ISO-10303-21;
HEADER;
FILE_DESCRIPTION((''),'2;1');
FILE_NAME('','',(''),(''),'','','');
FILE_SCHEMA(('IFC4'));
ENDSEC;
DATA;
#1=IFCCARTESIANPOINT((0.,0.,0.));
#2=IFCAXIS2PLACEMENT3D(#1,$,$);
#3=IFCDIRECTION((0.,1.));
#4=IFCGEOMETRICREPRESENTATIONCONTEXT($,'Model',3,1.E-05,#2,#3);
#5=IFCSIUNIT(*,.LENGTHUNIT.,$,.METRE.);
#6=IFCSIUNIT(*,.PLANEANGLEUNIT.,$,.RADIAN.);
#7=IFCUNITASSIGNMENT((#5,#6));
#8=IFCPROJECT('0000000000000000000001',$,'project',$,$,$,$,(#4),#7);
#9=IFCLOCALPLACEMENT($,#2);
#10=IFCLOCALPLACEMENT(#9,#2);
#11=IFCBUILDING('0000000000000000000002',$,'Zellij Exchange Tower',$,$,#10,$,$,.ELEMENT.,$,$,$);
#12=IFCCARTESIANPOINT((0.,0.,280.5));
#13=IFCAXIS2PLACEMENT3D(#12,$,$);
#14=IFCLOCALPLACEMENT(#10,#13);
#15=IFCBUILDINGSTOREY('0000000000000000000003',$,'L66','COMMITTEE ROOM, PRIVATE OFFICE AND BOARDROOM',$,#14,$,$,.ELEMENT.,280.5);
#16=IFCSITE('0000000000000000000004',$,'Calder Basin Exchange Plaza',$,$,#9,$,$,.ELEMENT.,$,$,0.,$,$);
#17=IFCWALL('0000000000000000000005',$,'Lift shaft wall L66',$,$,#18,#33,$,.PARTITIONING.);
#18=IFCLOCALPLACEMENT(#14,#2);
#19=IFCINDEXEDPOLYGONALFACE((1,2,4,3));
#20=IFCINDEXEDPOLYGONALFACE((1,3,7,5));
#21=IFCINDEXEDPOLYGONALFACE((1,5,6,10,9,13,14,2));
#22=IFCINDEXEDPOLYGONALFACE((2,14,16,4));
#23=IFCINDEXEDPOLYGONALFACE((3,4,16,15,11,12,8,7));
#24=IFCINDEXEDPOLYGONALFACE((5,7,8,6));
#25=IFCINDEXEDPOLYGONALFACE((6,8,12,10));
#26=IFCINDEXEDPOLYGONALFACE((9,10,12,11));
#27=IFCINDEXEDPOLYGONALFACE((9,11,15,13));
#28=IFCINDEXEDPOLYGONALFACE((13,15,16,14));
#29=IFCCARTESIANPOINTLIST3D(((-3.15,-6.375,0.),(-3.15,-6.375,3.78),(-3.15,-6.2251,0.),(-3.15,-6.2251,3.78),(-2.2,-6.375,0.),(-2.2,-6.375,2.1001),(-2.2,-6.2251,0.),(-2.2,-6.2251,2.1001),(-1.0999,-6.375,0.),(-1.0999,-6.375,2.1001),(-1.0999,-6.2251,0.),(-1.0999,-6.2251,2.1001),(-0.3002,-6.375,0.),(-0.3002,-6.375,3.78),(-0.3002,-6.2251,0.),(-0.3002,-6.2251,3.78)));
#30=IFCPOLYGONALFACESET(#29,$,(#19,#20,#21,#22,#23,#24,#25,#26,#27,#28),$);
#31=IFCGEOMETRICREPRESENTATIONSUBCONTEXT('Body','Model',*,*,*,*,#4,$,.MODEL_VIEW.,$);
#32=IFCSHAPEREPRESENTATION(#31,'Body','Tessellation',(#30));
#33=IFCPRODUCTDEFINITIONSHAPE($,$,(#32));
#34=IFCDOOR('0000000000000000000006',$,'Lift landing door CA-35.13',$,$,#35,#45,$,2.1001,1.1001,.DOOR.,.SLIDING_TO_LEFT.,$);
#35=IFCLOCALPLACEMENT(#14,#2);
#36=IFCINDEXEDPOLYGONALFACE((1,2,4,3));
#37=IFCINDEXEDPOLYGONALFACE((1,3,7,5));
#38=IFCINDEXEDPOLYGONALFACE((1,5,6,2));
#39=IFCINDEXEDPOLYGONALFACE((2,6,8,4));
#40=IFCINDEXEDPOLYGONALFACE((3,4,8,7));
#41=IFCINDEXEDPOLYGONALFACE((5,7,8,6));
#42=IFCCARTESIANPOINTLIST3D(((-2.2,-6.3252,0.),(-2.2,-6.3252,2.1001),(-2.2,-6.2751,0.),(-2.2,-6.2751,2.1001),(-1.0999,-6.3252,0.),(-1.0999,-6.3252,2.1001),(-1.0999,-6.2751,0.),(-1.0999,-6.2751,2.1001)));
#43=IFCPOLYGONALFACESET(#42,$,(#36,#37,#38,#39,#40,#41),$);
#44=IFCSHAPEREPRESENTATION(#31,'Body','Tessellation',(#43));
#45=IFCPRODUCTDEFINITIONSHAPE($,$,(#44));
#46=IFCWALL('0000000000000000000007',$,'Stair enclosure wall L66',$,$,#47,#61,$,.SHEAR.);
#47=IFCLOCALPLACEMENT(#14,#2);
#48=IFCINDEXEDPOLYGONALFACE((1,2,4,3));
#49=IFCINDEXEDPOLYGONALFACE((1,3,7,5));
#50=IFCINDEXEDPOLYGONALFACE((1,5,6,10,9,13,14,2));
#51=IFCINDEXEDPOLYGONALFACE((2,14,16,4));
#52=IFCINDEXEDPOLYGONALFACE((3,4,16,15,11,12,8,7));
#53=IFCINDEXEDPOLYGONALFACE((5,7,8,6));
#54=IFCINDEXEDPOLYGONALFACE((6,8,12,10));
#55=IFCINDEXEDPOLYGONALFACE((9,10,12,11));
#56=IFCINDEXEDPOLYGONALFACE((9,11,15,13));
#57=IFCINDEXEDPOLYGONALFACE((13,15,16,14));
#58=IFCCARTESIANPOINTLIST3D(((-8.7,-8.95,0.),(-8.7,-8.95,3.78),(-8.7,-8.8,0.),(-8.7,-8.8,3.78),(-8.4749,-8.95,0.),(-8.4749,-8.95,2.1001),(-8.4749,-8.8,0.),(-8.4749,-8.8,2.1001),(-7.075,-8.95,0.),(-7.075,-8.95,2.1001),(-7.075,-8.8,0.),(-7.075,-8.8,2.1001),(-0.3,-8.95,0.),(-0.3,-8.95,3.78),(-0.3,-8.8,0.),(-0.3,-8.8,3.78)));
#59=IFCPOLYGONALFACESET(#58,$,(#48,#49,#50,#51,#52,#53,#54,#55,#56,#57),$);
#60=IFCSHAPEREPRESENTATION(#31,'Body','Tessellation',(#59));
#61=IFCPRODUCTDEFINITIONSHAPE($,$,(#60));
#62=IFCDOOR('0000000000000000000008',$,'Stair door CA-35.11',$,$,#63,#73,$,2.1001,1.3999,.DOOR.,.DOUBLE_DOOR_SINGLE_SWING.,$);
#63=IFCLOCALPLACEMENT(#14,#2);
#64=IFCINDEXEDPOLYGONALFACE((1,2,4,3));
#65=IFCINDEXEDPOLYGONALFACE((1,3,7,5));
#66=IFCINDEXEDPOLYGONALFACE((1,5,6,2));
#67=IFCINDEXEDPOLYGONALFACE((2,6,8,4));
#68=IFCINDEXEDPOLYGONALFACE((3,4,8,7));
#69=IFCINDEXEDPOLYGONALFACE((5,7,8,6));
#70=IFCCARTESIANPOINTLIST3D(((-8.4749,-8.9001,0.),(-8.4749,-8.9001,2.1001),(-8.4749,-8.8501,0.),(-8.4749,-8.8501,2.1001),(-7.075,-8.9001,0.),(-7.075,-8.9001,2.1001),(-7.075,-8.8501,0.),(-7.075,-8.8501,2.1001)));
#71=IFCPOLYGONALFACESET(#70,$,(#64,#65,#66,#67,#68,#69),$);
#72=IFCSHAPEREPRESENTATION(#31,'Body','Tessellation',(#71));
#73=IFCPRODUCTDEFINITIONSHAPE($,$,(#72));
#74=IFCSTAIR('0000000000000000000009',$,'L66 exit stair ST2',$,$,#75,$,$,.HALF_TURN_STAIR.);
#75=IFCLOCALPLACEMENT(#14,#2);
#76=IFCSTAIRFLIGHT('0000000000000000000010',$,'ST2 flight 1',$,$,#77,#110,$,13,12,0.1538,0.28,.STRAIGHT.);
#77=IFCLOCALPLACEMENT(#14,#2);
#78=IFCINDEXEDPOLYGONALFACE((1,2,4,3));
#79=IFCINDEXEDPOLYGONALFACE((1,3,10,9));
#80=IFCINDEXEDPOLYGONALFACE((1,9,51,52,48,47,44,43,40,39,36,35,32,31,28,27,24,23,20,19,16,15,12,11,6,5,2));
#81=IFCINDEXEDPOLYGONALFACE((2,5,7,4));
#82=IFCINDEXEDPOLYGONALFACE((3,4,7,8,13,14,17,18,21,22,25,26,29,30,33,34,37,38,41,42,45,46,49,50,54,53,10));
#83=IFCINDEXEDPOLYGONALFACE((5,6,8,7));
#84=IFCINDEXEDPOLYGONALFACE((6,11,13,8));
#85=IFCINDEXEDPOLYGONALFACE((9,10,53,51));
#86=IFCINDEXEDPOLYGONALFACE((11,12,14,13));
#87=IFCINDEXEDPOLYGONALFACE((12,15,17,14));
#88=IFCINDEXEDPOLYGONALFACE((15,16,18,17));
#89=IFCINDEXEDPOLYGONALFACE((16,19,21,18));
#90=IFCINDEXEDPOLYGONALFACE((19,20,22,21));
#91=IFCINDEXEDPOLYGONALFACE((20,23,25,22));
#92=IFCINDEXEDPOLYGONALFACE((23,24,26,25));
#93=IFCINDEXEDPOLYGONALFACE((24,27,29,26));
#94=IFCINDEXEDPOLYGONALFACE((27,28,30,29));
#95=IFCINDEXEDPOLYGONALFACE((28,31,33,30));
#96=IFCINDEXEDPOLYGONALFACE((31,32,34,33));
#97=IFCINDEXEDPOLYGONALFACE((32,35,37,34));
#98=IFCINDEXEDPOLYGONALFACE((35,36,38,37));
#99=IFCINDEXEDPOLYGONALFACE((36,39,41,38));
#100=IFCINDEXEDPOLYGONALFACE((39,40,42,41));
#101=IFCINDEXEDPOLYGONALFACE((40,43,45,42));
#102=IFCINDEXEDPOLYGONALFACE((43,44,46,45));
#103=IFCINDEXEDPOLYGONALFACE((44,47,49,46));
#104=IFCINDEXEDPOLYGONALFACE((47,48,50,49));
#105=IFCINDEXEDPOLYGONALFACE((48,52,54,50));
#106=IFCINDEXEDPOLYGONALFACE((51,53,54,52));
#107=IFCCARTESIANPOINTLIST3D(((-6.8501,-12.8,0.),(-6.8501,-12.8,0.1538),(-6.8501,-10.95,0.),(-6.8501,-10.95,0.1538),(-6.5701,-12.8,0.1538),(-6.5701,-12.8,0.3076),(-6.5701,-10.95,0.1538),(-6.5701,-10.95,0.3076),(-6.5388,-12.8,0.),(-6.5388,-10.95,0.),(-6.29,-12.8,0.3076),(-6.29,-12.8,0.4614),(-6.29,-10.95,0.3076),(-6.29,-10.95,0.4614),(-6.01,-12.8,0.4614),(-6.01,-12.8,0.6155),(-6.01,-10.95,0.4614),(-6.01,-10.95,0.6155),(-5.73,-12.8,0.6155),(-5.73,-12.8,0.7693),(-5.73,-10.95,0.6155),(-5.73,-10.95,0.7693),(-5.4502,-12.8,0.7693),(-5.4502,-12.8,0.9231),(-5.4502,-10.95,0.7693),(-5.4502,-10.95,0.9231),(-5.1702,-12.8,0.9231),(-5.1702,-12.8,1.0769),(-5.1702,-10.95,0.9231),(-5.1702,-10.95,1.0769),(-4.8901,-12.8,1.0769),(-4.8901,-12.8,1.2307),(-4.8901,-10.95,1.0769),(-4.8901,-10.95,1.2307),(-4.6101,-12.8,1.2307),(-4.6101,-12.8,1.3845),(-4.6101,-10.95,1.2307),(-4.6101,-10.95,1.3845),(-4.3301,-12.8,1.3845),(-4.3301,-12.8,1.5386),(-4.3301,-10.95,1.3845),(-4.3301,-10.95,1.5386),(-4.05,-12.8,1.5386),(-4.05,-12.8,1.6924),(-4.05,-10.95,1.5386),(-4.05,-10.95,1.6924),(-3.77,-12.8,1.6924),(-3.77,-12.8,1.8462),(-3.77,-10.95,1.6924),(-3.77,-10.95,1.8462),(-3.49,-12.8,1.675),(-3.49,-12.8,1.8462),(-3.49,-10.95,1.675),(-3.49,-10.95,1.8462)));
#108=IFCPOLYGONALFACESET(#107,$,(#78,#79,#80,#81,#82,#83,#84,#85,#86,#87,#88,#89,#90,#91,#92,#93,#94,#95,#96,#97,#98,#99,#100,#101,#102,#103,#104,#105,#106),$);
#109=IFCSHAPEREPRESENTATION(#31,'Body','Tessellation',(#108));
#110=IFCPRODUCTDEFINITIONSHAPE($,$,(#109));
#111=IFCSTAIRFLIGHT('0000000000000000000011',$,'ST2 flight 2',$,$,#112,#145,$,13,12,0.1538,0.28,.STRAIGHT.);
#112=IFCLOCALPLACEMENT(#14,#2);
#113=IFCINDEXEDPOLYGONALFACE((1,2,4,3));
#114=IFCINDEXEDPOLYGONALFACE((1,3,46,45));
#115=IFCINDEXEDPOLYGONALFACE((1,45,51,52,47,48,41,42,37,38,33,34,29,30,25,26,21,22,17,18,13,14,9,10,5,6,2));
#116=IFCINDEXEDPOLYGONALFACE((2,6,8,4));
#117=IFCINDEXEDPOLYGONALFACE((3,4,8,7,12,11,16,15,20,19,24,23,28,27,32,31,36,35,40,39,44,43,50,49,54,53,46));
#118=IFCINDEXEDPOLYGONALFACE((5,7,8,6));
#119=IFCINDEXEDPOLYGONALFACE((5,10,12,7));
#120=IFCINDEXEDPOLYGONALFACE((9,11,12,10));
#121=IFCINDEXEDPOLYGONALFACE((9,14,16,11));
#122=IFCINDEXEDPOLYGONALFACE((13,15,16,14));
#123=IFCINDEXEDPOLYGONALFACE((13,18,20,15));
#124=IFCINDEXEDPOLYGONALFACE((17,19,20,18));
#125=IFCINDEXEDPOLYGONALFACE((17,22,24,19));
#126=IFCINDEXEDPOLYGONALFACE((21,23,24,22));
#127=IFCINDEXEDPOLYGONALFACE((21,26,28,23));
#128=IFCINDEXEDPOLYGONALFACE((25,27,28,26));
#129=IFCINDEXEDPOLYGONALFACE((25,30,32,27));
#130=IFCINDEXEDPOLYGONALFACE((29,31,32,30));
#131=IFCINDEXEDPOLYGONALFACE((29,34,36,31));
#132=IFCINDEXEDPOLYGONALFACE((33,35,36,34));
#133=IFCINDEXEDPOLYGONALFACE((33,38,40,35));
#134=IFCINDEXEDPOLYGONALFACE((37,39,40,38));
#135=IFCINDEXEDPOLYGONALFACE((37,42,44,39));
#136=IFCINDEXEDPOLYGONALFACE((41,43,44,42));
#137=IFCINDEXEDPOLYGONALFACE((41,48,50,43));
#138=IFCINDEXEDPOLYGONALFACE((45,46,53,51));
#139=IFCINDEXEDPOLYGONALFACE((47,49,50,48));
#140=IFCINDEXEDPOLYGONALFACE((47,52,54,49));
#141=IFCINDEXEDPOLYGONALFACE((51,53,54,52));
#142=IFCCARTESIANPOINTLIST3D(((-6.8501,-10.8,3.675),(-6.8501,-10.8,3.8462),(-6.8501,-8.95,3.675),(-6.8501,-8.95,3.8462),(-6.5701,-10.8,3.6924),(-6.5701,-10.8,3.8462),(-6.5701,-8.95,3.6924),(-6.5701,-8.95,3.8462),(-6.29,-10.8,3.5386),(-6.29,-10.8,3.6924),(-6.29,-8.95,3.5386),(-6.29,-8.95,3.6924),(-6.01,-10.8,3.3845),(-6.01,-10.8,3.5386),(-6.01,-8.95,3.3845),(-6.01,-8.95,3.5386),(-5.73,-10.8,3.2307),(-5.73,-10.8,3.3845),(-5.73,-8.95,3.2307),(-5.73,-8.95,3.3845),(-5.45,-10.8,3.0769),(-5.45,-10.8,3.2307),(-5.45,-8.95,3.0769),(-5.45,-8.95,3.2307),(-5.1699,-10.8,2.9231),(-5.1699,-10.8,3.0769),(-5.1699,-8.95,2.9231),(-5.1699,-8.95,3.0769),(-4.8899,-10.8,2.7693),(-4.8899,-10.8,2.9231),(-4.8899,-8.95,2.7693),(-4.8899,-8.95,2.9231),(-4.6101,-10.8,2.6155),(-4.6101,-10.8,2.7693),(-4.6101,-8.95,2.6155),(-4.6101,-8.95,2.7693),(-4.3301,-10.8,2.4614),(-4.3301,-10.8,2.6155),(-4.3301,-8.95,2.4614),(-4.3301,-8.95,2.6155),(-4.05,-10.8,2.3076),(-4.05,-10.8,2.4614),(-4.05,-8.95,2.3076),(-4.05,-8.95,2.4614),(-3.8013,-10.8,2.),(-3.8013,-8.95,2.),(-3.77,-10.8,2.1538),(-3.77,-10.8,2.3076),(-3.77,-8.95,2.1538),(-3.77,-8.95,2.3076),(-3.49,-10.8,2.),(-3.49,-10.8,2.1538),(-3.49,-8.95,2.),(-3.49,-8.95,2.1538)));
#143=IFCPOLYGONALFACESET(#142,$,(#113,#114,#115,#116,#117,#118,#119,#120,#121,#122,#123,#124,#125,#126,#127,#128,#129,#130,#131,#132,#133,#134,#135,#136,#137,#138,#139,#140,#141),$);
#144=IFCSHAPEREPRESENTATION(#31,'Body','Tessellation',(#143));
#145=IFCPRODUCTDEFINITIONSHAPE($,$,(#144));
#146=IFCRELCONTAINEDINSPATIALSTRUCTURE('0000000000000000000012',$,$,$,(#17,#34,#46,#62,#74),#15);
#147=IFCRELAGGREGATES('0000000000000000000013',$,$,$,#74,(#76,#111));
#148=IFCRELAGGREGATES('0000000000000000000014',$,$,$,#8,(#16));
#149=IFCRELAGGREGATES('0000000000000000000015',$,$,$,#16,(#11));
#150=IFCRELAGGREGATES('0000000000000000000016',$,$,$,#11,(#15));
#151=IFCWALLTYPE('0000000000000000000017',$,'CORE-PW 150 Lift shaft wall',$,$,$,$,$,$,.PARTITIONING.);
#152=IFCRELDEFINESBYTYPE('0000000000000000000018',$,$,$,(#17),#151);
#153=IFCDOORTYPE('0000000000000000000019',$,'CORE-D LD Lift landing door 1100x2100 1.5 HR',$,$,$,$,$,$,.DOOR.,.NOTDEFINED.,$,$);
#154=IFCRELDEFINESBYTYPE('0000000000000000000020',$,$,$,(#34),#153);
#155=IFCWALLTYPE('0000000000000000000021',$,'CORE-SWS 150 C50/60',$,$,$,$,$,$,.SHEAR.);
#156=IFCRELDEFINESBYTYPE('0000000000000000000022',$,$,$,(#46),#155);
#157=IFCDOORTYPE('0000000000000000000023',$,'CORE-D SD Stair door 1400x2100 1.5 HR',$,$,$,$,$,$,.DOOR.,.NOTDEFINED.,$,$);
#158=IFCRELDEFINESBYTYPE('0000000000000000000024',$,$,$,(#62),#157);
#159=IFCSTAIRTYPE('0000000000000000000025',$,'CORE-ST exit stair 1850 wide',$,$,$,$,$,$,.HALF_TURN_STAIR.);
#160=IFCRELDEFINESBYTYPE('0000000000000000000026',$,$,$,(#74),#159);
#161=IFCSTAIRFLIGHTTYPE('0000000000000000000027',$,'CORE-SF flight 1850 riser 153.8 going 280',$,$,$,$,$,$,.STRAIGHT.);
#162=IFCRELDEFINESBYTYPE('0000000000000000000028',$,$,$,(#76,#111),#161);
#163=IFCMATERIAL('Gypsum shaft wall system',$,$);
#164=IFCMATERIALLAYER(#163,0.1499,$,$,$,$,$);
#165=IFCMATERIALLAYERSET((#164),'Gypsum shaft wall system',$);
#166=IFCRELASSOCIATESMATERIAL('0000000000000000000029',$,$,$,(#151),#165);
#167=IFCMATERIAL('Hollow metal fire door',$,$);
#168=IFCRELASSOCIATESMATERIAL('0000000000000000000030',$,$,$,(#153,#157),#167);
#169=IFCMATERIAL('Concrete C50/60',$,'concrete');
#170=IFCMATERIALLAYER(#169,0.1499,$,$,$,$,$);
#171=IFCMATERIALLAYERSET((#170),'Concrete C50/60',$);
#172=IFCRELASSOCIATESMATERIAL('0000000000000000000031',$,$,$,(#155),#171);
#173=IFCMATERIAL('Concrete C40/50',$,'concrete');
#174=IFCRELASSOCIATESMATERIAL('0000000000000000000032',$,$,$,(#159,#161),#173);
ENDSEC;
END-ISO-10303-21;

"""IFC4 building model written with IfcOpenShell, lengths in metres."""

from ifc_helpers import new_model, si_unit, direction, frame, frame_2d, origin, place, context, subcontext, project, spatial, polyline, rectangle, outline, extrude, material, layer, layer_set, type_object, element, fill, aggregate, save


model = new_model("IFC4")

# Units and contexts
model_context = context("Model", 3, precision=1e-05, world=origin(), true_north=direction((0.0, 1.0)))
body_context = subcontext(model_context, "Body", "Model", "MODEL_VIEW")
ifc_project = project(units=[si_unit("LENGTHUNIT", "METRE"), si_unit("PLANEANGLEUNIT", "RADIAN")], contexts=[model_context])

# Site, building, storey
site_placement = place(None, origin())
site = spatial("IfcSite", under=ifc_project, at=site_placement, Name="Calder Basin Exchange Plaza", CompositionType="ELEMENT", RefElevation=0.0)
building_placement = place(site_placement, origin())
building = spatial("IfcBuilding", under=site, at=building_placement, Name="Zellij Exchange Tower", CompositionType="ELEMENT")
storey_placement = place(building_placement, frame((0.0, 0.0, 280.5)))
storey = spatial("IfcBuildingStorey", under=building, at=storey_placement, Name="L66", Description="COMMITTEE ROOM, PRIVATE OFFICE AND BOARDROOM", CompositionType="ELEMENT", Elevation=280.5)

# Shared definitions
ifc_material_1 = material(Name="Concrete C40/50", Category="concrete")

# Shared definitions
ifc_material_2 = material(Name="Concrete C50/60", Category="concrete")

# Shared definitions
ifc_material_3 = material(Name="Gypsum shaft wall system")
ifc_material_4 = material(Name="Hollow metal fire door")

# Shared definitions
ifc_layer_1 = layer(ifc_material_3, 0.1499)
ifc_layer_set_1 = layer_set([ifc_layer_1], Name="Gypsum shaft wall system")
wall_type_1 = type_object("IfcWallType", Name="CORE-PW 150 Lift shaft wall", PredefinedType="PARTITIONING", material=ifc_layer_set_1)

# Walls, openings, doors
wall_1_placement = place(storey_placement, frame((-3.1499, -6.3, 0.0), z_axis=(0.0, 0.0, 1.0), x_axis=(1.0, 0.0, 0.0)))
wall_1 = element("IfcWall", 1, at=wall_1_placement, inside=storey, type_object=wall_type_1, Name="Lift shaft wall L66", PredefinedType="PARTITIONING", context=body_context, shape_type="SweptSolid", body=[
    extrude(rectangle(XDim=2.8499, YDim=0.1499, at=frame_2d((1.4248, 0.0))), origin(), (0.0, 0.0, 1.0), 3.78),
])
opening_1_placement = place(wall_1_placement, frame((0.95, 0.0, 0.0)))
opening_1 = element("IfcOpeningElement", 2, at=opening_1_placement, cuts=wall_1, PredefinedType="OPENING", context=body_context, shape_type="SweptSolid", body=[
    extrude(rectangle(XDim=1.1001, YDim=2.1001, at=frame_2d((0.55, 1.05))), frame((0.0, 0.0869, 0.0), z_axis=(0.0, -1.0, 0.0), x_axis=(1.0, 0.0, 0.0)), (0.0, 0.0, 1.0), 0.1738),
])
door_type_1 = type_object("IfcDoorType", Name="CORE-D LD Lift landing door 1100x2100 1.5 HR", OperationType="NOTDEFINED", PredefinedType="DOOR", material=ifc_material_4)
door_1_placement = place(opening_1_placement, origin())
door_1 = element("IfcDoor", 3, at=door_1_placement, inside=storey, type_object=door_type_1, Name="Lift landing door CA-35.13", OperationType="SLIDING_TO_LEFT", OverallHeight=2.1001, OverallWidth=1.1001, PredefinedType="DOOR", context=body_context, shape_type="SweptSolid", body=[
    extrude(rectangle(XDim=1.1001, YDim=2.1001, at=frame_2d((0.55, 1.05))), frame((0.0, 0.0249, 0.0), z_axis=(0.0, -1.0, 0.0), x_axis=(1.0, 0.0, 0.0)), (0.0, 0.0, 1.0), 0.05),
])
fill(opening_1, door_1)
ifc_layer_2 = layer(ifc_material_2, 0.1499)
ifc_layer_set_2 = layer_set([ifc_layer_2], Name="Concrete C50/60")
wall_type_2 = type_object("IfcWallType", Name="CORE-SWS 150 C50/60", PredefinedType="SHEAR", material=ifc_layer_set_2)
wall_2_placement = place(storey_placement, frame((-8.7, -8.875, 0.0), z_axis=(0.0, 0.0, 1.0), x_axis=(1.0, 0.0, 0.0)))
wall_2 = element("IfcWall", 4, at=wall_2_placement, inside=storey, type_object=wall_type_2, Name="Stair enclosure wall L66", PredefinedType="SHEAR", context=body_context, shape_type="SweptSolid", body=[
    extrude(rectangle(XDim=8.3999, YDim=0.1499, at=frame_2d((4.2, 0.0))), origin(), (0.0, 0.0, 1.0), 3.78),
])
opening_2_placement = place(wall_2_placement, frame((0.2251, 0.0, 0.0)))
opening_2 = element("IfcOpeningElement", 5, at=opening_2_placement, cuts=wall_2, PredefinedType="OPENING", context=body_context, shape_type="SweptSolid", body=[
    extrude(rectangle(XDim=1.3999, YDim=2.1001, at=frame_2d((0.7, 1.05))), frame((0.0, 0.0869, 0.0), z_axis=(0.0, -1.0, 0.0), x_axis=(1.0, 0.0, 0.0)), (0.0, 0.0, 1.0), 0.1738),
])
door_type_2 = type_object("IfcDoorType", Name="CORE-D SD Stair door 1400x2100 1.5 HR", OperationType="NOTDEFINED", PredefinedType="DOOR", material=ifc_material_4)
door_2_placement = place(opening_2_placement, origin())
door_2 = element("IfcDoor", 6, at=door_2_placement, inside=storey, type_object=door_type_2, Name="Stair door CA-35.11", OperationType="DOUBLE_DOOR_SINGLE_SWING", OverallHeight=2.1001, OverallWidth=1.3999, PredefinedType="DOOR", context=body_context, shape_type="SweptSolid", body=[
    extrude(rectangle(XDim=1.3999, YDim=2.1001, at=frame_2d((0.7, 1.05))), frame((0.0, 0.0249, 0.0), z_axis=(0.0, -1.0, 0.0), x_axis=(1.0, 0.0, 0.0)), (0.0, 0.0, 1.0), 0.05),
])
fill(opening_2, door_2)

# Stair, stair flights
stair_type = type_object("IfcStairType", Name="CORE-ST exit stair 1850 wide", PredefinedType="HALF_TURN_STAIR", material=ifc_material_1)
stair_placement = place(storey_placement, origin())
stair = element("IfcStair", 7, at=stair_placement, inside=storey, type_object=stair_type, Name="L66 exit stair ST2", PredefinedType="HALF_TURN_STAIR")
stair_flight_type = type_object("IfcStairFlightType", Name="CORE-SF flight 1850 riser 153.8 going 280", PredefinedType="STRAIGHT", material=ifc_material_1)
stair_flight_1_placement = place(storey_placement, frame((-6.8501, -11.875, 0.0), z_axis=(0.0, 0.0, 1.0), x_axis=(1.0, 0.0, 0.0)))
stair_flight_1 = element("IfcStairFlight", 8, at=stair_flight_1_placement, type_object=stair_flight_type, Name="ST2 flight 1", NumberOfRisers=13, NumberOfTreads=12, PredefinedType="STRAIGHT", RiserHeight=0.1538, TreadLength=0.28, context=body_context, shape_type="SweptSolid", body=[
    extrude(outline(polyline([(0.0, 0.0), (0.0, 0.1538), (0.28, 0.1538), (0.28, 0.3076), (0.5601, 0.3076), (0.5601, 0.4614), (0.8401, 0.4614), (0.8401, 0.6155), (1.1201, 0.6155), (1.1201, 0.7693), (1.3999, 0.7693), (1.3999, 0.9231), (1.6799, 0.9231), (1.6799, 1.0769), (1.96, 1.0769), (1.96, 1.2307), (2.24, 1.2307), (2.24, 1.3845), (2.52, 1.3845), (2.52, 1.5386), (2.8, 1.5386), (2.8, 1.6924), (3.0801, 1.6924), (3.0801, 1.8462), (3.3601, 1.8462), (3.3601, 2.0), (3.3601, 1.675), (0.3113, 0.0), (0.0, 0.0)])), frame((0.0, 0.925, 0.0), z_axis=(0.0, -1.0, 0.0), x_axis=(1.0, 0.0, 0.0)), (0.0, 0.0, 1.0), 1.8501),
])
stair_flight_2_placement = place(storey_placement, frame((-3.49, -9.875, 2.0), z_axis=(0.0, 0.0, 1.0), x_axis=(-1.0, 0.0, 0.0)))
stair_flight_2 = element("IfcStairFlight", 9, at=stair_flight_2_placement, type_object=stair_flight_type, Name="ST2 flight 2", NumberOfRisers=13, NumberOfTreads=12, PredefinedType="STRAIGHT", RiserHeight=0.1538, TreadLength=0.28, context=body_context, shape_type="SweptSolid", body=[
    extrude(outline(polyline([(0.0, 0.0), (0.0, 0.1538), (0.28, 0.1538), (0.28, 0.3076), (0.5601, 0.3076), (0.5601, 0.4614), (0.8401, 0.4614), (0.8401, 0.6155), (1.1201, 0.6155), (1.1201, 0.7693), (1.3999, 0.7693), (1.3999, 0.9231), (1.6799, 0.9231), (1.6799, 1.0769), (1.96, 1.0769), (1.96, 1.2307), (2.24, 1.2307), (2.24, 1.3845), (2.52, 1.3845), (2.52, 1.5386), (2.8, 1.5386), (2.8, 1.6924), (3.0801, 1.6924), (3.0801, 1.8462), (3.3601, 1.8462), (3.3601, 2.0), (3.3601, 1.675), (0.3113, 0.0), (0.0, 0.0)])), frame((0.0, 0.925, 0.0), z_axis=(0.0, -1.0, 0.0), x_axis=(1.0, 0.0, 0.0)), (0.0, 0.0, 1.0), 1.8501),
])
aggregate(stair, [stair_flight_1, stair_flight_2])

save(model, "model.ifc")
